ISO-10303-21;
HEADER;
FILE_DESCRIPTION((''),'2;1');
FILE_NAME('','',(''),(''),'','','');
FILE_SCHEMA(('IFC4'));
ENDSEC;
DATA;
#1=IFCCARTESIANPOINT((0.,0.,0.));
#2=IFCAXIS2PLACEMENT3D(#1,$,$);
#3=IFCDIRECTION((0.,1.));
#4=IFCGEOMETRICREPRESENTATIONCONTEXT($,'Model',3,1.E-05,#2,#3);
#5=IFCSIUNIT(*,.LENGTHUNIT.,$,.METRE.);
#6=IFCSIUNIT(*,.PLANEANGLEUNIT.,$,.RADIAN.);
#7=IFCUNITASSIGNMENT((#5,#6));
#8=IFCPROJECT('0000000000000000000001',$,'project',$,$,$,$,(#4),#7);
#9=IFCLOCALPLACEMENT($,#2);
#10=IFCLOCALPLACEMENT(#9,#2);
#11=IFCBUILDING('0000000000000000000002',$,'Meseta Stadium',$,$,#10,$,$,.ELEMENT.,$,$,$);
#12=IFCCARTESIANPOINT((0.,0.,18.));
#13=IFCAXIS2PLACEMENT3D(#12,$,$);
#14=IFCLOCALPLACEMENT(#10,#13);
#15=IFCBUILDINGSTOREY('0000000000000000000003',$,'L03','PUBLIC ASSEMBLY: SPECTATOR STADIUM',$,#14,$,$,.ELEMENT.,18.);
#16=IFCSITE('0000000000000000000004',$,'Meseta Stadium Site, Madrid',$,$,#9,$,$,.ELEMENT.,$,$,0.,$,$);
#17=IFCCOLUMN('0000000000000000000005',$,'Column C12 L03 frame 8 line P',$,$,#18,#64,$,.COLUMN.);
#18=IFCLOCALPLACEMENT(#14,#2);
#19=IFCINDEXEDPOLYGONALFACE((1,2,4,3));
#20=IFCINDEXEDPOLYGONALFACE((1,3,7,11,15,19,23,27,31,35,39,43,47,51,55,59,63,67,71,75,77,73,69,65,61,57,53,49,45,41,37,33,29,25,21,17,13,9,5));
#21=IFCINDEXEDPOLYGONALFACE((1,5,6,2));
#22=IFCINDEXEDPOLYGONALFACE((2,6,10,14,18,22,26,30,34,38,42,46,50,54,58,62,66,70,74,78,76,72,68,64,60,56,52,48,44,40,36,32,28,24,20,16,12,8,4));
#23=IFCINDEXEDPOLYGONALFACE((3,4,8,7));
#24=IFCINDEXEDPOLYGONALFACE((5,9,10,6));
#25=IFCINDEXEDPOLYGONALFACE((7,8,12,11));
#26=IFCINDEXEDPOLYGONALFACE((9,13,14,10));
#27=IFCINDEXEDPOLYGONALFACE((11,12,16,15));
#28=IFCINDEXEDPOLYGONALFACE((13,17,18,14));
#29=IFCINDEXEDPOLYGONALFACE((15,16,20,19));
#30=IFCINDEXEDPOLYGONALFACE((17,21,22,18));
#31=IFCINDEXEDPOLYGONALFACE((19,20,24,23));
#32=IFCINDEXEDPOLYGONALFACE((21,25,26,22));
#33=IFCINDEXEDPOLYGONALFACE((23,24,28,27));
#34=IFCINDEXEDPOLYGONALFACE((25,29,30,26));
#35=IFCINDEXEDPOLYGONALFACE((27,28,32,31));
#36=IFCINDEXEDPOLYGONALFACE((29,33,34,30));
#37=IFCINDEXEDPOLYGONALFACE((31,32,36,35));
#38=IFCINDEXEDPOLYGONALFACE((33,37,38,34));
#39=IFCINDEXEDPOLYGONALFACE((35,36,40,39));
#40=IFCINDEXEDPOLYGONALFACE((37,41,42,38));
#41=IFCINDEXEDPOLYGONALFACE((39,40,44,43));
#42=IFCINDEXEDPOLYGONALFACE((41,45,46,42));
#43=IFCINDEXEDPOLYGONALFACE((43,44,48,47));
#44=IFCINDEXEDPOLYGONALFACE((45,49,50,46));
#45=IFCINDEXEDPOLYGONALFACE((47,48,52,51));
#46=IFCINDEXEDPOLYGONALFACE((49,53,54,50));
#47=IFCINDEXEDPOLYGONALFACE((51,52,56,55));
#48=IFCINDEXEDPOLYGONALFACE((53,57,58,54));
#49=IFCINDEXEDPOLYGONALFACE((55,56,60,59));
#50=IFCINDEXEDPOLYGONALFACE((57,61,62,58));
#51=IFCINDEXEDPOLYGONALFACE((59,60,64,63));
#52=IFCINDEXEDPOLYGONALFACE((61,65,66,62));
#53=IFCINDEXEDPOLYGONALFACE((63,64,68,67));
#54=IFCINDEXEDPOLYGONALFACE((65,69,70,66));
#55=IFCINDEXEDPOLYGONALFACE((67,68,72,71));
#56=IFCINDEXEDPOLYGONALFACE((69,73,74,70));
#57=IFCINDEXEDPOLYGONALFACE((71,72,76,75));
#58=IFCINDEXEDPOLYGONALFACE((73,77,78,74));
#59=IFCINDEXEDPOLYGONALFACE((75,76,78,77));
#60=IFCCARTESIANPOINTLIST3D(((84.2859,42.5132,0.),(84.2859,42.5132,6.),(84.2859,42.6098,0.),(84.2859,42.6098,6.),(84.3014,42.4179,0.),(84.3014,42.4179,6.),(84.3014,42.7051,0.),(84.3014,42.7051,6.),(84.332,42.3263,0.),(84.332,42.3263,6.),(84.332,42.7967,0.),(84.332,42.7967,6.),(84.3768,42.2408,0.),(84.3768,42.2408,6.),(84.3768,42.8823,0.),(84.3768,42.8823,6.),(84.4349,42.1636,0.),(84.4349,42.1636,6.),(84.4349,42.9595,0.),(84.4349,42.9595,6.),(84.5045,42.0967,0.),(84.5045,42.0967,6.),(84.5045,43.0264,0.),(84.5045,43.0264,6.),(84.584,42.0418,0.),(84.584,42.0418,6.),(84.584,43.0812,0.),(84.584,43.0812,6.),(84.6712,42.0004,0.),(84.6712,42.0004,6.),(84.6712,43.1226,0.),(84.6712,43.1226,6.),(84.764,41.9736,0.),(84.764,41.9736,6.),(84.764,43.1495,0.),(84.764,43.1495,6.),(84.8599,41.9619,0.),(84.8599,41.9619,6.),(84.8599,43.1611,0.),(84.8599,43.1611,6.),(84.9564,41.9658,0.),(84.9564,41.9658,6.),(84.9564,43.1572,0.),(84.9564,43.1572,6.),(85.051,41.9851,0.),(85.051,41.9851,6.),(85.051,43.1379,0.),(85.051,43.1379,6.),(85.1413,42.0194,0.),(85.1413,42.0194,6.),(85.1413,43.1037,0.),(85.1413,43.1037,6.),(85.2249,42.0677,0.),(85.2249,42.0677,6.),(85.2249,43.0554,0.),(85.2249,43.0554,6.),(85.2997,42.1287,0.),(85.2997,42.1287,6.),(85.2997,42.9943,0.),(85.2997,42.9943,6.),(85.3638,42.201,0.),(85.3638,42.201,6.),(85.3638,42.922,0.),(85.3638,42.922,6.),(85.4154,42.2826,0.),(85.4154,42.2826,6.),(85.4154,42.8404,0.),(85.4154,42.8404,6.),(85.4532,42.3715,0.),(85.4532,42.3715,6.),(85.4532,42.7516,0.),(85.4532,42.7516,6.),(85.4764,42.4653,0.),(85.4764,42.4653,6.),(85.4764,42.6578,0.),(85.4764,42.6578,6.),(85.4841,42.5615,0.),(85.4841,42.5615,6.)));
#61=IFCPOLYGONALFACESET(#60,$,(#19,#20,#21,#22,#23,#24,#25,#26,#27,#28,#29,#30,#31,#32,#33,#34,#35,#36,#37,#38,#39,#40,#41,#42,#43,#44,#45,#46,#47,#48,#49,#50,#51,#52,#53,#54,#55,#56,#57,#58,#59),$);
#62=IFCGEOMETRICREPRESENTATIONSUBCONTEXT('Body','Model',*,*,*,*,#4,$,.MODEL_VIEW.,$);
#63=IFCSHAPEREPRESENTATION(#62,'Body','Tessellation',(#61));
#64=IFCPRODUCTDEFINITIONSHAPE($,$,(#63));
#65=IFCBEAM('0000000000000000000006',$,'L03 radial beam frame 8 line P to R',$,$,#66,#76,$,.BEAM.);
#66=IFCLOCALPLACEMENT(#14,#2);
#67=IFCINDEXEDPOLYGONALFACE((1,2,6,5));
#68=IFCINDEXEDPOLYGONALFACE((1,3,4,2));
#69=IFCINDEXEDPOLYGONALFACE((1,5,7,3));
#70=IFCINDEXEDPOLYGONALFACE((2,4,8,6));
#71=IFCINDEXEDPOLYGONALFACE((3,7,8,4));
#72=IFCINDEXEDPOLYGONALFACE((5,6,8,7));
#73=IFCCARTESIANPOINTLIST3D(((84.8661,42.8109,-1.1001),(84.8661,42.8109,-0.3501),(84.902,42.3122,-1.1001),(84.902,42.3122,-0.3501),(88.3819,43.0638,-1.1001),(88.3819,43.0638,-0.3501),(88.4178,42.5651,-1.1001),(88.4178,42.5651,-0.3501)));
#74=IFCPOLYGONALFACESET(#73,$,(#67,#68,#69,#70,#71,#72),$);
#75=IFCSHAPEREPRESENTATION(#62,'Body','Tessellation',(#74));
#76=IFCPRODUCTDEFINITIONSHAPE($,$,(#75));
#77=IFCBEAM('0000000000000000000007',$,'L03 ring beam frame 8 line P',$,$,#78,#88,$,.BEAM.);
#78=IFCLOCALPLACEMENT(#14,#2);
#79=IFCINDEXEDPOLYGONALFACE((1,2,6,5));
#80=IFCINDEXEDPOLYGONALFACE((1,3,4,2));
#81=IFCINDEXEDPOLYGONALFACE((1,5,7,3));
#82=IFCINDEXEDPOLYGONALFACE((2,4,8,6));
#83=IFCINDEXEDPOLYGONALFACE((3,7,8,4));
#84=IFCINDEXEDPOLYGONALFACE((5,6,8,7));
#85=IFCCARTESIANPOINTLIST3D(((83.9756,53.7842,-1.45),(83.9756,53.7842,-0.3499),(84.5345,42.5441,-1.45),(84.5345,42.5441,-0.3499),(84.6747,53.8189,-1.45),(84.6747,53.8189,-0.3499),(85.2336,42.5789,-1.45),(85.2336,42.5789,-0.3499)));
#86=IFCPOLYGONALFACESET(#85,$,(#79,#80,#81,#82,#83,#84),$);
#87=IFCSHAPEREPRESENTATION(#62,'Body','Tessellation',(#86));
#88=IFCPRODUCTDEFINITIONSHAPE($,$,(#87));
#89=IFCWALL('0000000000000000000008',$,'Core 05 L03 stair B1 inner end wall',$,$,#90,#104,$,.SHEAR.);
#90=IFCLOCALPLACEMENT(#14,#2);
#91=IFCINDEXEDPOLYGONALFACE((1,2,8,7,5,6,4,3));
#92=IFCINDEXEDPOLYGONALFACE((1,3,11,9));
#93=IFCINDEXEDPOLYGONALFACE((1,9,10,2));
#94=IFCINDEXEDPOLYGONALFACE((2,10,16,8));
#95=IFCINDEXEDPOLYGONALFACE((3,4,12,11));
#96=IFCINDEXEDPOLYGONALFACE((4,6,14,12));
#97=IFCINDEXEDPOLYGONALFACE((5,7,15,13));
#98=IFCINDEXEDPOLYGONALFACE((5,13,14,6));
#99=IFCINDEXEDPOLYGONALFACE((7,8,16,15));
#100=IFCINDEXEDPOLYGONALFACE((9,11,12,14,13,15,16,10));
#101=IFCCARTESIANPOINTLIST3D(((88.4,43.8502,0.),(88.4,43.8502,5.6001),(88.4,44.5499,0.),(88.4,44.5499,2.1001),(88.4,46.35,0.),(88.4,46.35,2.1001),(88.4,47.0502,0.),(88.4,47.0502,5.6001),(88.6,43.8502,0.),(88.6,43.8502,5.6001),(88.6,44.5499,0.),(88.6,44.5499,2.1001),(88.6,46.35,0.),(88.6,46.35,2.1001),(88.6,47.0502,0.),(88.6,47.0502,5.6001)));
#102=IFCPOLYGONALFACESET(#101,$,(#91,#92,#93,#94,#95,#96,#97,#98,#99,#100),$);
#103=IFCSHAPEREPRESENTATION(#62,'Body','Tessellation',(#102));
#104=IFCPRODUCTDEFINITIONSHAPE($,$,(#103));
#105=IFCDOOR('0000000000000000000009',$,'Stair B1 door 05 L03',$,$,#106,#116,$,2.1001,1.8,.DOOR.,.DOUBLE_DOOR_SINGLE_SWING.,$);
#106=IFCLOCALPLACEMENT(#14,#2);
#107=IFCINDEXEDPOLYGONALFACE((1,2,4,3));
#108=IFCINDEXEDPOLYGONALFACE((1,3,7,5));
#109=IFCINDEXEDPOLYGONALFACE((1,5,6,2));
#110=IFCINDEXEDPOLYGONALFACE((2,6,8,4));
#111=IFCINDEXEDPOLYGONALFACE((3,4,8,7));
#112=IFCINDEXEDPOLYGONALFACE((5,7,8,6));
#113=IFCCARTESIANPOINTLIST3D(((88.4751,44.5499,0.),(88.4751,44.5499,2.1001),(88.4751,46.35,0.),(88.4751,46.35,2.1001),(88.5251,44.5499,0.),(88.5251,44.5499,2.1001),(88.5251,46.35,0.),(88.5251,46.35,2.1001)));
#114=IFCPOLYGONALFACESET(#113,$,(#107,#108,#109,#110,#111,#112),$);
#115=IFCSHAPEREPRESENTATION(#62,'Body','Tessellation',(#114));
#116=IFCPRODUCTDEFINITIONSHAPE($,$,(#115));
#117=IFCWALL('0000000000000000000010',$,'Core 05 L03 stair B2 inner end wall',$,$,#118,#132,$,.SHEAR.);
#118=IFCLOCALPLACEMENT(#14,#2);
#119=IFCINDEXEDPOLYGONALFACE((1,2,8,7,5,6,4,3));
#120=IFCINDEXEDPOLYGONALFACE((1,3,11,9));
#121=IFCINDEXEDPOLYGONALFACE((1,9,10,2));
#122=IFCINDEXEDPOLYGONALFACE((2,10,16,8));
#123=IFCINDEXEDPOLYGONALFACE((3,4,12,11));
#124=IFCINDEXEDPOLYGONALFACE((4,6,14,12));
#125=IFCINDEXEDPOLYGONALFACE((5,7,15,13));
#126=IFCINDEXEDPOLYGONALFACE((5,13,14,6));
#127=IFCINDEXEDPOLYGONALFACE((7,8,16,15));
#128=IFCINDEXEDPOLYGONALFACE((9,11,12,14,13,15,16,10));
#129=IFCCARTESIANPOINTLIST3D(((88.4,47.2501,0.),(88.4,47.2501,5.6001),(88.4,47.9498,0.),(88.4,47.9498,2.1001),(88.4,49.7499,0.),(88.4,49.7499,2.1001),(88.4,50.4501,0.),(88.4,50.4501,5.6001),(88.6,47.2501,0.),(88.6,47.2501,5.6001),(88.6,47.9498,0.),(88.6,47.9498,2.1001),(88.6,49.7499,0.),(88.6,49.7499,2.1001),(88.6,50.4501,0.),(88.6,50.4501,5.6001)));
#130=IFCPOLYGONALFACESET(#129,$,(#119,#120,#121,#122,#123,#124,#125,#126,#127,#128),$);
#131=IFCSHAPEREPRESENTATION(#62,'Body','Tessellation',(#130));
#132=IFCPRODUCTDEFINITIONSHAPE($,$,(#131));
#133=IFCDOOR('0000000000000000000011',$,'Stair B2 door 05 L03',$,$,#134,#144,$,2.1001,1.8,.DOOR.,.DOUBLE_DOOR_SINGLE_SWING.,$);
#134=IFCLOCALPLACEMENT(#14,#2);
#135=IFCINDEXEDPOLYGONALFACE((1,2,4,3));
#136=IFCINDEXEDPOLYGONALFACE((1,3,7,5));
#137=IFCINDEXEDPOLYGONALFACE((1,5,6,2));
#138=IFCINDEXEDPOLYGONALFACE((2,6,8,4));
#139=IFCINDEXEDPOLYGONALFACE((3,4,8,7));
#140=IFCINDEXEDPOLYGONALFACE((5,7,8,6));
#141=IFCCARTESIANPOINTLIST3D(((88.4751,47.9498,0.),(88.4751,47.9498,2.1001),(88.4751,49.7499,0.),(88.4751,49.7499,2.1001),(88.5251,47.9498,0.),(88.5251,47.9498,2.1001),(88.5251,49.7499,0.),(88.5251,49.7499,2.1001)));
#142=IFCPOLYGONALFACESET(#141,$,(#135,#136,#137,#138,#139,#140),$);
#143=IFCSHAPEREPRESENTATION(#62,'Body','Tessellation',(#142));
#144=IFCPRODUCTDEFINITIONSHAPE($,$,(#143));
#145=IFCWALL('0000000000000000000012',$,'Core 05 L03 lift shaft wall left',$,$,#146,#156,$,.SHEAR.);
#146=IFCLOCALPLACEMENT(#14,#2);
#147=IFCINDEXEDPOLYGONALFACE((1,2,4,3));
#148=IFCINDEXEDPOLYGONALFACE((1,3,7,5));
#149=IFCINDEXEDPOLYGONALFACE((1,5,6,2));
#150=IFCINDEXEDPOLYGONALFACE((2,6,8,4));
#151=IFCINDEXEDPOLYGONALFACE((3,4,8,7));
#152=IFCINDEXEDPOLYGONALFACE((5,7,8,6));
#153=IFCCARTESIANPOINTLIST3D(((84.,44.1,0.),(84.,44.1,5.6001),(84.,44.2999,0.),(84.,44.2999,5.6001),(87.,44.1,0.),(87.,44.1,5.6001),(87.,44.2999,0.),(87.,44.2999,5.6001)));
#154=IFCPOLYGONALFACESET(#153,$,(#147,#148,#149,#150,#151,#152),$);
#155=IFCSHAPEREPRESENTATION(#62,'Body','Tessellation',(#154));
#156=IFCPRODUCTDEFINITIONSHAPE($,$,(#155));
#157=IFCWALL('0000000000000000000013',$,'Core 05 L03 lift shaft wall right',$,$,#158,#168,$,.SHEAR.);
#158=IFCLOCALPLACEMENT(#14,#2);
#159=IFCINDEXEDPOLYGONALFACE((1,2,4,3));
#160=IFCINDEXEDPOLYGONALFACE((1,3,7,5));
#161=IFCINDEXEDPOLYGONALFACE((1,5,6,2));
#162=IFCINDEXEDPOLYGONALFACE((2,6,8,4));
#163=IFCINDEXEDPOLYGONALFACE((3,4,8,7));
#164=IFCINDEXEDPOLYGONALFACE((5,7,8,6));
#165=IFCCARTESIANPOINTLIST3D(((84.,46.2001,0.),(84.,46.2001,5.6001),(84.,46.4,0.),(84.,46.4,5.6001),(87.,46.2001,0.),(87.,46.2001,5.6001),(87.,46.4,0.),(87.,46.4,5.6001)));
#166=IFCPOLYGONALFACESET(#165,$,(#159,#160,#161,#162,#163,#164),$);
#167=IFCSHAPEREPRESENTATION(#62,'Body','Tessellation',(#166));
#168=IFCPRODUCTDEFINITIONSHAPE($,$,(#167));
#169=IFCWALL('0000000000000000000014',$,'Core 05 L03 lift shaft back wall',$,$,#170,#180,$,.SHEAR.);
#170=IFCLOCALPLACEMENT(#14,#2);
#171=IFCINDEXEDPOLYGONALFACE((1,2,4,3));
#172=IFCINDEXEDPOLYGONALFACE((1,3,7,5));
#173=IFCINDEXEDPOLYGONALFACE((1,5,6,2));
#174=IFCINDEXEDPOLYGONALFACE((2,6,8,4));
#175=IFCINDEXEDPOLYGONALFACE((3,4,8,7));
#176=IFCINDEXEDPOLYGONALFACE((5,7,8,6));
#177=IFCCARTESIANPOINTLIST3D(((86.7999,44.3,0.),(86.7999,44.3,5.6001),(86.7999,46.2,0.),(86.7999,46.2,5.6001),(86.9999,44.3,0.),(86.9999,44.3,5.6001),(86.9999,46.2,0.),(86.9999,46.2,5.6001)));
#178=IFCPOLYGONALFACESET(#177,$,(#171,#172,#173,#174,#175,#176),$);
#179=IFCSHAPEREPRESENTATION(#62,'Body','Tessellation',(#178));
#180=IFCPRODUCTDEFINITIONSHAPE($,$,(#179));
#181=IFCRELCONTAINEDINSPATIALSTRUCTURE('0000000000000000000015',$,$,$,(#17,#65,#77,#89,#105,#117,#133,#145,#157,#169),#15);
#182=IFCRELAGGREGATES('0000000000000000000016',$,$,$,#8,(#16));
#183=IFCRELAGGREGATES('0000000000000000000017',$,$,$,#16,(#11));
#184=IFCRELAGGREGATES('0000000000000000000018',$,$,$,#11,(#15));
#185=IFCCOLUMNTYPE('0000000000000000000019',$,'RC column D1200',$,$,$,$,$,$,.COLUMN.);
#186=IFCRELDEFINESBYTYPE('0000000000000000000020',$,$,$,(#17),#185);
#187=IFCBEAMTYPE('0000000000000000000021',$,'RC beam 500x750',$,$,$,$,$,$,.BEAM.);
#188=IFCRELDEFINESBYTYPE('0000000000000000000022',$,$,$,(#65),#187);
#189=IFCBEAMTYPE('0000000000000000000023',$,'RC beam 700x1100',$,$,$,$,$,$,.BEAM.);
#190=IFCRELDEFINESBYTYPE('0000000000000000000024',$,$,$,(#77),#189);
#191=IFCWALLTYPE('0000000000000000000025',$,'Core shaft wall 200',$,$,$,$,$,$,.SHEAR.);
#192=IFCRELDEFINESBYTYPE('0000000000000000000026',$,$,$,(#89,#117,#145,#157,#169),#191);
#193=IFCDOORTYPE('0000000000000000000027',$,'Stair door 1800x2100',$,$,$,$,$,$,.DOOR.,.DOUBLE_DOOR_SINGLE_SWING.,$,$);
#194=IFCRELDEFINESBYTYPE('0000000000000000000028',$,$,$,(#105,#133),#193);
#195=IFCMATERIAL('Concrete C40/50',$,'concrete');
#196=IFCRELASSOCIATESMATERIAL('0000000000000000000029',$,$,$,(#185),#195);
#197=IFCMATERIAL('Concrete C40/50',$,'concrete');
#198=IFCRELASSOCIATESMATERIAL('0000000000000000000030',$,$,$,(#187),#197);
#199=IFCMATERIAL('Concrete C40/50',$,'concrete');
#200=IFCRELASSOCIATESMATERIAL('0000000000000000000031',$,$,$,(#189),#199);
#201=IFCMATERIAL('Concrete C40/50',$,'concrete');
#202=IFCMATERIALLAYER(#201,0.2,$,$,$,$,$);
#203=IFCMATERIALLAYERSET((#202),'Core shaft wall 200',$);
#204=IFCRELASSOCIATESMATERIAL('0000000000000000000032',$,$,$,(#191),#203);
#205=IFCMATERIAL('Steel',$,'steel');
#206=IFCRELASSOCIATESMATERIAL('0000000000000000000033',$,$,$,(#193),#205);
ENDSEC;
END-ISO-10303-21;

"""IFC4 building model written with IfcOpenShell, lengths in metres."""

from ifc_helpers import new_model, si_unit, direction, frame, frame_2d, origin, origin_2d, place, context, subcontext, project, spatial, rectangle, circle, extrude, material, layer, layer_set, material_profile, profile_set, type_object, element, fill, save


model = new_model("IFC4")

# Units and contexts
model_context = context("Model", 3, precision=1e-05, world=origin(), true_north=direction((0.0, 1.0)))
body_context = subcontext(model_context, "Body", "Model", "MODEL_VIEW")
ifc_project = project(units=[si_unit("LENGTHUNIT", "METRE"), si_unit("PLANEANGLEUNIT", "RADIAN")], contexts=[model_context])

# Site, building, storey
site_placement = place(None, origin())
site = spatial("IfcSite", under=ifc_project, at=site_placement, Name="Meseta Stadium Site, Madrid", CompositionType="ELEMENT", RefElevation=0.0)
building_placement = place(site_placement, origin())
building = spatial("IfcBuilding", under=site, at=building_placement, Name="Meseta Stadium", CompositionType="ELEMENT")
storey_placement = place(building_placement, frame((0.0, 0.0, 18.0)))
storey = spatial("IfcBuildingStorey", under=building, at=storey_placement, Name="L03", Description="PUBLIC ASSEMBLY: SPECTATOR STADIUM", CompositionType="ELEMENT", Elevation=18.0)

# Column
ifc_material_1 = material(Name="Concrete C40/50", Category="concrete")
ifc_material_profile_1 = material_profile(ifc_material_1, circle(Radius=0.6001, at=origin_2d()), Name="RC D1200")
ifc_profile_set_1 = profile_set([ifc_material_profile_1], Name="Concrete C40/50")
column_type = type_object("IfcColumnType", Name="RC column D1200", PredefinedType="COLUMN", material=ifc_profile_set_1)
column_placement = place(storey_placement, frame((84.884, 42.5615, 0.0), z_axis=(0.0, 0.0, 1.0), x_axis=(1.0, 0.0, 0.0)))
element("IfcColumn", 1, at=column_placement, inside=storey, type_object=column_type, Name="Column C12 L03 frame 8 line P", PredefinedType="COLUMN", context=body_context, shape_type="SweptSolid", body=[
    extrude(circle(Radius=0.6001, at=origin_2d()), origin(), (0.0, 0.0, 1.0), 6.0),
])

# Beams
ifc_material_2 = material(Name="Concrete C40/50", Category="concrete")
ifc_material_profile_2 = material_profile(ifc_material_2, rectangle(XDim=0.5, YDim=0.75, at=origin_2d()), Name="RC 500x750")
ifc_profile_set_2 = profile_set([ifc_material_profile_2], Name="Concrete C40/50")
beam_type_1 = type_object("IfcBeamType", Name="RC beam 500x750", PredefinedType="BEAM", material=ifc_profile_set_2)
beam_1_placement = place(storey_placement, frame((84.884, 42.5615, -0.7251), z_axis=(0.997422, 0.071754, 0.0), x_axis=(-0.071754, 0.997422, 0.0)))
element("IfcBeam", 2, at=beam_1_placement, inside=storey, type_object=beam_type_1, Name="L03 radial beam frame 8 line P to R", PredefinedType="BEAM", context=body_context, shape_type="SweptSolid", body=[
    extrude(rectangle(XDim=0.5, YDim=0.75, at=origin_2d()), origin(), (0.0, 0.0, 1.0), 3.5249),
])
ifc_material_3 = material(Name="Concrete C40/50", Category="concrete")
ifc_material_profile_3 = material_profile(ifc_material_3, rectangle(XDim=0.7, YDim=1.1001, at=origin_2d()), Name="RC 700x1100")
ifc_profile_set_3 = profile_set([ifc_material_profile_3], Name="Concrete C40/50")
beam_type_2 = type_object("IfcBeamType", Name="RC beam 700x1100", PredefinedType="BEAM", material=ifc_profile_set_3)
beam_2_placement = place(storey_placement, frame((84.884, 42.5615, -0.8999), z_axis=(-0.049657, 0.998766, 0.0), x_axis=(-0.998766, -0.049657, 0.0)))
element("IfcBeam", 3, at=beam_2_placement, inside=storey, type_object=beam_type_2, Name="L03 ring beam frame 8 line P", PredefinedType="BEAM", context=body_context, shape_type="SweptSolid", body=[
    extrude(rectangle(XDim=0.7, YDim=1.1001, at=origin_2d()), origin(), (0.0, 0.0, 1.0), 11.2539),
])

# Walls, openings, doors
ifc_material_4 = material(Name="Concrete C40/50", Category="concrete")
ifc_layer_1 = layer(ifc_material_4, 0.2)
ifc_layer_set_1 = layer_set([ifc_layer_1], Name="Core shaft wall 200")
wall_type_1 = type_object("IfcWallType", Name="Core shaft wall 200", PredefinedType="SHEAR", material=ifc_layer_set_1)
wall_1_placement = place(storey_placement, frame((88.5, 43.8501, 0.0), z_axis=(0.0, 0.0, 1.0), x_axis=(0.0, 1.0, 0.0)))
wall_1 = element("IfcWall", 4, at=wall_1_placement, inside=storey, type_object=wall_type_1, Name="Core 05 L03 stair B1 inner end wall", PredefinedType="SHEAR", context=body_context, shape_type="SweptSolid", body=[
    extrude(rectangle(XDim=3.2, YDim=0.2, at=frame_2d((1.6001, 0.0))), origin(), (0.0, 0.0, 1.0), 5.6001),
])
opening_1_placement = place(wall_1_placement, frame((0.7, 0.0, 0.0)))
opening_1 = element("IfcOpeningElement", 5, at=opening_1_placement, cuts=wall_1, PredefinedType="OPENING", context=body_context, shape_type="SweptSolid", body=[
    extrude(rectangle(XDim=1.8, YDim=2.1001, at=frame_2d((0.8999, 1.05))), frame((0.0, 0.1099, 0.0), z_axis=(0.0, -1.0, 0.0), x_axis=(1.0, 0.0, 0.0)), (0.0, 0.0, 1.0), 0.22),
])
ifc_material_5 = material(Name="Steel", Category="steel")
door_type_1 = type_object("IfcDoorType", Name="Stair door 1800x2100", OperationType="DOUBLE_DOOR_SINGLE_SWING", PredefinedType="DOOR", material=ifc_material_5)
door_1_placement = place(opening_1_placement, origin())
door_1 = element("IfcDoor", 6, at=door_1_placement, inside=storey, type_object=door_type_1, Name="Stair B1 door 05 L03", OperationType="DOUBLE_DOOR_SINGLE_SWING", OverallHeight=2.1001, OverallWidth=1.8, PredefinedType="DOOR", context=body_context, shape_type="SweptSolid", body=[
    extrude(rectangle(XDim=1.8, YDim=2.1001, at=frame_2d((0.8999, 1.05))), frame((0.0, 0.0249, 0.0), z_axis=(0.0, -1.0, 0.0), x_axis=(1.0, 0.0, 0.0)), (0.0, 0.0, 1.0), 0.05),
])
fill(opening_1, door_1)
wall_2_placement = place(storey_placement, frame((88.5, 47.25, 0.0), z_axis=(0.0, 0.0, 1.0), x_axis=(0.0, 1.0, 0.0)))
wall_2 = element("IfcWall", 7, at=wall_2_placement, inside=storey, type_object=wall_type_1, Name="Core 05 L03 stair B2 inner end wall", PredefinedType="SHEAR", context=body_context, shape_type="SweptSolid", body=[
    extrude(rectangle(XDim=3.2, YDim=0.2, at=frame_2d((1.6001, 0.0))), origin(), (0.0, 0.0, 1.0), 5.6001),
])
opening_2_placement = place(wall_2_placement, frame((0.7, 0.0, 0.0)))
opening_2 = element("IfcOpeningElement", 8, at=opening_2_placement, cuts=wall_2, PredefinedType="OPENING", context=body_context, shape_type="SweptSolid", body=[
    extrude(rectangle(XDim=1.8, YDim=2.1001, at=frame_2d((0.8999, 1.05))), frame((0.0, 0.1099, 0.0), z_axis=(0.0, -1.0, 0.0), x_axis=(1.0, 0.0, 0.0)), (0.0, 0.0, 1.0), 0.22),
])
door_2_placement = place(opening_2_placement, origin())
door_2 = element("IfcDoor", 9, at=door_2_placement, inside=storey, type_object=door_type_1, Name="Stair B2 door 05 L03", OperationType="DOUBLE_DOOR_SINGLE_SWING", OverallHeight=2.1001, OverallWidth=1.8, PredefinedType="DOOR", context=body_context, shape_type="SweptSolid", body=[
    extrude(rectangle(XDim=1.8, YDim=2.1001, at=frame_2d((0.8999, 1.05))), frame((0.0, 0.0249, 0.0), z_axis=(0.0, -1.0, 0.0), x_axis=(1.0, 0.0, 0.0)), (0.0, 0.0, 1.0), 0.05),
])
fill(opening_2, door_2)

# Walls
for number, where, z_axis, x_axis, name in (
    (10, (87.0, 44.2, 0.0), (0.0, 0.0, 1.0), (-1.0, 0.0, 0.0), "Core 05 L03 lift shaft wall left"),
    (11, (87.0, 46.3, 0.0), (0.0, 0.0, 1.0), (-1.0, 0.0, 0.0), "Core 05 L03 lift shaft wall right"),
):
    element("IfcWall", number, at=place(storey_placement, frame(where, z_axis=z_axis, x_axis=x_axis)), inside=storey, type_object=wall_type_1, Name=name, PredefinedType="SHEAR", context=body_context, shape_type="SweptSolid", body=[
        extrude(rectangle(XDim=3.0, YDim=0.2, at=frame_2d((1.5, 0.0))), origin(), (0.0, 0.0, 1.0), 5.6001),
    ])
wall_3_placement = place(storey_placement, frame((86.8999, 44.3, 0.0), z_axis=(0.0, 0.0, 1.0), x_axis=(0.0, 1.0, 0.0)))
element("IfcWall", 12, at=wall_3_placement, inside=storey, type_object=wall_type_1, Name="Core 05 L03 lift shaft back wall", PredefinedType="SHEAR", context=body_context, shape_type="SweptSolid", body=[
    extrude(rectangle(XDim=1.8999, YDim=0.2, at=frame_2d((0.95, 0.0))), origin(), (0.0, 0.0, 1.0), 5.6001),
])

save(model, "model.ifc")
